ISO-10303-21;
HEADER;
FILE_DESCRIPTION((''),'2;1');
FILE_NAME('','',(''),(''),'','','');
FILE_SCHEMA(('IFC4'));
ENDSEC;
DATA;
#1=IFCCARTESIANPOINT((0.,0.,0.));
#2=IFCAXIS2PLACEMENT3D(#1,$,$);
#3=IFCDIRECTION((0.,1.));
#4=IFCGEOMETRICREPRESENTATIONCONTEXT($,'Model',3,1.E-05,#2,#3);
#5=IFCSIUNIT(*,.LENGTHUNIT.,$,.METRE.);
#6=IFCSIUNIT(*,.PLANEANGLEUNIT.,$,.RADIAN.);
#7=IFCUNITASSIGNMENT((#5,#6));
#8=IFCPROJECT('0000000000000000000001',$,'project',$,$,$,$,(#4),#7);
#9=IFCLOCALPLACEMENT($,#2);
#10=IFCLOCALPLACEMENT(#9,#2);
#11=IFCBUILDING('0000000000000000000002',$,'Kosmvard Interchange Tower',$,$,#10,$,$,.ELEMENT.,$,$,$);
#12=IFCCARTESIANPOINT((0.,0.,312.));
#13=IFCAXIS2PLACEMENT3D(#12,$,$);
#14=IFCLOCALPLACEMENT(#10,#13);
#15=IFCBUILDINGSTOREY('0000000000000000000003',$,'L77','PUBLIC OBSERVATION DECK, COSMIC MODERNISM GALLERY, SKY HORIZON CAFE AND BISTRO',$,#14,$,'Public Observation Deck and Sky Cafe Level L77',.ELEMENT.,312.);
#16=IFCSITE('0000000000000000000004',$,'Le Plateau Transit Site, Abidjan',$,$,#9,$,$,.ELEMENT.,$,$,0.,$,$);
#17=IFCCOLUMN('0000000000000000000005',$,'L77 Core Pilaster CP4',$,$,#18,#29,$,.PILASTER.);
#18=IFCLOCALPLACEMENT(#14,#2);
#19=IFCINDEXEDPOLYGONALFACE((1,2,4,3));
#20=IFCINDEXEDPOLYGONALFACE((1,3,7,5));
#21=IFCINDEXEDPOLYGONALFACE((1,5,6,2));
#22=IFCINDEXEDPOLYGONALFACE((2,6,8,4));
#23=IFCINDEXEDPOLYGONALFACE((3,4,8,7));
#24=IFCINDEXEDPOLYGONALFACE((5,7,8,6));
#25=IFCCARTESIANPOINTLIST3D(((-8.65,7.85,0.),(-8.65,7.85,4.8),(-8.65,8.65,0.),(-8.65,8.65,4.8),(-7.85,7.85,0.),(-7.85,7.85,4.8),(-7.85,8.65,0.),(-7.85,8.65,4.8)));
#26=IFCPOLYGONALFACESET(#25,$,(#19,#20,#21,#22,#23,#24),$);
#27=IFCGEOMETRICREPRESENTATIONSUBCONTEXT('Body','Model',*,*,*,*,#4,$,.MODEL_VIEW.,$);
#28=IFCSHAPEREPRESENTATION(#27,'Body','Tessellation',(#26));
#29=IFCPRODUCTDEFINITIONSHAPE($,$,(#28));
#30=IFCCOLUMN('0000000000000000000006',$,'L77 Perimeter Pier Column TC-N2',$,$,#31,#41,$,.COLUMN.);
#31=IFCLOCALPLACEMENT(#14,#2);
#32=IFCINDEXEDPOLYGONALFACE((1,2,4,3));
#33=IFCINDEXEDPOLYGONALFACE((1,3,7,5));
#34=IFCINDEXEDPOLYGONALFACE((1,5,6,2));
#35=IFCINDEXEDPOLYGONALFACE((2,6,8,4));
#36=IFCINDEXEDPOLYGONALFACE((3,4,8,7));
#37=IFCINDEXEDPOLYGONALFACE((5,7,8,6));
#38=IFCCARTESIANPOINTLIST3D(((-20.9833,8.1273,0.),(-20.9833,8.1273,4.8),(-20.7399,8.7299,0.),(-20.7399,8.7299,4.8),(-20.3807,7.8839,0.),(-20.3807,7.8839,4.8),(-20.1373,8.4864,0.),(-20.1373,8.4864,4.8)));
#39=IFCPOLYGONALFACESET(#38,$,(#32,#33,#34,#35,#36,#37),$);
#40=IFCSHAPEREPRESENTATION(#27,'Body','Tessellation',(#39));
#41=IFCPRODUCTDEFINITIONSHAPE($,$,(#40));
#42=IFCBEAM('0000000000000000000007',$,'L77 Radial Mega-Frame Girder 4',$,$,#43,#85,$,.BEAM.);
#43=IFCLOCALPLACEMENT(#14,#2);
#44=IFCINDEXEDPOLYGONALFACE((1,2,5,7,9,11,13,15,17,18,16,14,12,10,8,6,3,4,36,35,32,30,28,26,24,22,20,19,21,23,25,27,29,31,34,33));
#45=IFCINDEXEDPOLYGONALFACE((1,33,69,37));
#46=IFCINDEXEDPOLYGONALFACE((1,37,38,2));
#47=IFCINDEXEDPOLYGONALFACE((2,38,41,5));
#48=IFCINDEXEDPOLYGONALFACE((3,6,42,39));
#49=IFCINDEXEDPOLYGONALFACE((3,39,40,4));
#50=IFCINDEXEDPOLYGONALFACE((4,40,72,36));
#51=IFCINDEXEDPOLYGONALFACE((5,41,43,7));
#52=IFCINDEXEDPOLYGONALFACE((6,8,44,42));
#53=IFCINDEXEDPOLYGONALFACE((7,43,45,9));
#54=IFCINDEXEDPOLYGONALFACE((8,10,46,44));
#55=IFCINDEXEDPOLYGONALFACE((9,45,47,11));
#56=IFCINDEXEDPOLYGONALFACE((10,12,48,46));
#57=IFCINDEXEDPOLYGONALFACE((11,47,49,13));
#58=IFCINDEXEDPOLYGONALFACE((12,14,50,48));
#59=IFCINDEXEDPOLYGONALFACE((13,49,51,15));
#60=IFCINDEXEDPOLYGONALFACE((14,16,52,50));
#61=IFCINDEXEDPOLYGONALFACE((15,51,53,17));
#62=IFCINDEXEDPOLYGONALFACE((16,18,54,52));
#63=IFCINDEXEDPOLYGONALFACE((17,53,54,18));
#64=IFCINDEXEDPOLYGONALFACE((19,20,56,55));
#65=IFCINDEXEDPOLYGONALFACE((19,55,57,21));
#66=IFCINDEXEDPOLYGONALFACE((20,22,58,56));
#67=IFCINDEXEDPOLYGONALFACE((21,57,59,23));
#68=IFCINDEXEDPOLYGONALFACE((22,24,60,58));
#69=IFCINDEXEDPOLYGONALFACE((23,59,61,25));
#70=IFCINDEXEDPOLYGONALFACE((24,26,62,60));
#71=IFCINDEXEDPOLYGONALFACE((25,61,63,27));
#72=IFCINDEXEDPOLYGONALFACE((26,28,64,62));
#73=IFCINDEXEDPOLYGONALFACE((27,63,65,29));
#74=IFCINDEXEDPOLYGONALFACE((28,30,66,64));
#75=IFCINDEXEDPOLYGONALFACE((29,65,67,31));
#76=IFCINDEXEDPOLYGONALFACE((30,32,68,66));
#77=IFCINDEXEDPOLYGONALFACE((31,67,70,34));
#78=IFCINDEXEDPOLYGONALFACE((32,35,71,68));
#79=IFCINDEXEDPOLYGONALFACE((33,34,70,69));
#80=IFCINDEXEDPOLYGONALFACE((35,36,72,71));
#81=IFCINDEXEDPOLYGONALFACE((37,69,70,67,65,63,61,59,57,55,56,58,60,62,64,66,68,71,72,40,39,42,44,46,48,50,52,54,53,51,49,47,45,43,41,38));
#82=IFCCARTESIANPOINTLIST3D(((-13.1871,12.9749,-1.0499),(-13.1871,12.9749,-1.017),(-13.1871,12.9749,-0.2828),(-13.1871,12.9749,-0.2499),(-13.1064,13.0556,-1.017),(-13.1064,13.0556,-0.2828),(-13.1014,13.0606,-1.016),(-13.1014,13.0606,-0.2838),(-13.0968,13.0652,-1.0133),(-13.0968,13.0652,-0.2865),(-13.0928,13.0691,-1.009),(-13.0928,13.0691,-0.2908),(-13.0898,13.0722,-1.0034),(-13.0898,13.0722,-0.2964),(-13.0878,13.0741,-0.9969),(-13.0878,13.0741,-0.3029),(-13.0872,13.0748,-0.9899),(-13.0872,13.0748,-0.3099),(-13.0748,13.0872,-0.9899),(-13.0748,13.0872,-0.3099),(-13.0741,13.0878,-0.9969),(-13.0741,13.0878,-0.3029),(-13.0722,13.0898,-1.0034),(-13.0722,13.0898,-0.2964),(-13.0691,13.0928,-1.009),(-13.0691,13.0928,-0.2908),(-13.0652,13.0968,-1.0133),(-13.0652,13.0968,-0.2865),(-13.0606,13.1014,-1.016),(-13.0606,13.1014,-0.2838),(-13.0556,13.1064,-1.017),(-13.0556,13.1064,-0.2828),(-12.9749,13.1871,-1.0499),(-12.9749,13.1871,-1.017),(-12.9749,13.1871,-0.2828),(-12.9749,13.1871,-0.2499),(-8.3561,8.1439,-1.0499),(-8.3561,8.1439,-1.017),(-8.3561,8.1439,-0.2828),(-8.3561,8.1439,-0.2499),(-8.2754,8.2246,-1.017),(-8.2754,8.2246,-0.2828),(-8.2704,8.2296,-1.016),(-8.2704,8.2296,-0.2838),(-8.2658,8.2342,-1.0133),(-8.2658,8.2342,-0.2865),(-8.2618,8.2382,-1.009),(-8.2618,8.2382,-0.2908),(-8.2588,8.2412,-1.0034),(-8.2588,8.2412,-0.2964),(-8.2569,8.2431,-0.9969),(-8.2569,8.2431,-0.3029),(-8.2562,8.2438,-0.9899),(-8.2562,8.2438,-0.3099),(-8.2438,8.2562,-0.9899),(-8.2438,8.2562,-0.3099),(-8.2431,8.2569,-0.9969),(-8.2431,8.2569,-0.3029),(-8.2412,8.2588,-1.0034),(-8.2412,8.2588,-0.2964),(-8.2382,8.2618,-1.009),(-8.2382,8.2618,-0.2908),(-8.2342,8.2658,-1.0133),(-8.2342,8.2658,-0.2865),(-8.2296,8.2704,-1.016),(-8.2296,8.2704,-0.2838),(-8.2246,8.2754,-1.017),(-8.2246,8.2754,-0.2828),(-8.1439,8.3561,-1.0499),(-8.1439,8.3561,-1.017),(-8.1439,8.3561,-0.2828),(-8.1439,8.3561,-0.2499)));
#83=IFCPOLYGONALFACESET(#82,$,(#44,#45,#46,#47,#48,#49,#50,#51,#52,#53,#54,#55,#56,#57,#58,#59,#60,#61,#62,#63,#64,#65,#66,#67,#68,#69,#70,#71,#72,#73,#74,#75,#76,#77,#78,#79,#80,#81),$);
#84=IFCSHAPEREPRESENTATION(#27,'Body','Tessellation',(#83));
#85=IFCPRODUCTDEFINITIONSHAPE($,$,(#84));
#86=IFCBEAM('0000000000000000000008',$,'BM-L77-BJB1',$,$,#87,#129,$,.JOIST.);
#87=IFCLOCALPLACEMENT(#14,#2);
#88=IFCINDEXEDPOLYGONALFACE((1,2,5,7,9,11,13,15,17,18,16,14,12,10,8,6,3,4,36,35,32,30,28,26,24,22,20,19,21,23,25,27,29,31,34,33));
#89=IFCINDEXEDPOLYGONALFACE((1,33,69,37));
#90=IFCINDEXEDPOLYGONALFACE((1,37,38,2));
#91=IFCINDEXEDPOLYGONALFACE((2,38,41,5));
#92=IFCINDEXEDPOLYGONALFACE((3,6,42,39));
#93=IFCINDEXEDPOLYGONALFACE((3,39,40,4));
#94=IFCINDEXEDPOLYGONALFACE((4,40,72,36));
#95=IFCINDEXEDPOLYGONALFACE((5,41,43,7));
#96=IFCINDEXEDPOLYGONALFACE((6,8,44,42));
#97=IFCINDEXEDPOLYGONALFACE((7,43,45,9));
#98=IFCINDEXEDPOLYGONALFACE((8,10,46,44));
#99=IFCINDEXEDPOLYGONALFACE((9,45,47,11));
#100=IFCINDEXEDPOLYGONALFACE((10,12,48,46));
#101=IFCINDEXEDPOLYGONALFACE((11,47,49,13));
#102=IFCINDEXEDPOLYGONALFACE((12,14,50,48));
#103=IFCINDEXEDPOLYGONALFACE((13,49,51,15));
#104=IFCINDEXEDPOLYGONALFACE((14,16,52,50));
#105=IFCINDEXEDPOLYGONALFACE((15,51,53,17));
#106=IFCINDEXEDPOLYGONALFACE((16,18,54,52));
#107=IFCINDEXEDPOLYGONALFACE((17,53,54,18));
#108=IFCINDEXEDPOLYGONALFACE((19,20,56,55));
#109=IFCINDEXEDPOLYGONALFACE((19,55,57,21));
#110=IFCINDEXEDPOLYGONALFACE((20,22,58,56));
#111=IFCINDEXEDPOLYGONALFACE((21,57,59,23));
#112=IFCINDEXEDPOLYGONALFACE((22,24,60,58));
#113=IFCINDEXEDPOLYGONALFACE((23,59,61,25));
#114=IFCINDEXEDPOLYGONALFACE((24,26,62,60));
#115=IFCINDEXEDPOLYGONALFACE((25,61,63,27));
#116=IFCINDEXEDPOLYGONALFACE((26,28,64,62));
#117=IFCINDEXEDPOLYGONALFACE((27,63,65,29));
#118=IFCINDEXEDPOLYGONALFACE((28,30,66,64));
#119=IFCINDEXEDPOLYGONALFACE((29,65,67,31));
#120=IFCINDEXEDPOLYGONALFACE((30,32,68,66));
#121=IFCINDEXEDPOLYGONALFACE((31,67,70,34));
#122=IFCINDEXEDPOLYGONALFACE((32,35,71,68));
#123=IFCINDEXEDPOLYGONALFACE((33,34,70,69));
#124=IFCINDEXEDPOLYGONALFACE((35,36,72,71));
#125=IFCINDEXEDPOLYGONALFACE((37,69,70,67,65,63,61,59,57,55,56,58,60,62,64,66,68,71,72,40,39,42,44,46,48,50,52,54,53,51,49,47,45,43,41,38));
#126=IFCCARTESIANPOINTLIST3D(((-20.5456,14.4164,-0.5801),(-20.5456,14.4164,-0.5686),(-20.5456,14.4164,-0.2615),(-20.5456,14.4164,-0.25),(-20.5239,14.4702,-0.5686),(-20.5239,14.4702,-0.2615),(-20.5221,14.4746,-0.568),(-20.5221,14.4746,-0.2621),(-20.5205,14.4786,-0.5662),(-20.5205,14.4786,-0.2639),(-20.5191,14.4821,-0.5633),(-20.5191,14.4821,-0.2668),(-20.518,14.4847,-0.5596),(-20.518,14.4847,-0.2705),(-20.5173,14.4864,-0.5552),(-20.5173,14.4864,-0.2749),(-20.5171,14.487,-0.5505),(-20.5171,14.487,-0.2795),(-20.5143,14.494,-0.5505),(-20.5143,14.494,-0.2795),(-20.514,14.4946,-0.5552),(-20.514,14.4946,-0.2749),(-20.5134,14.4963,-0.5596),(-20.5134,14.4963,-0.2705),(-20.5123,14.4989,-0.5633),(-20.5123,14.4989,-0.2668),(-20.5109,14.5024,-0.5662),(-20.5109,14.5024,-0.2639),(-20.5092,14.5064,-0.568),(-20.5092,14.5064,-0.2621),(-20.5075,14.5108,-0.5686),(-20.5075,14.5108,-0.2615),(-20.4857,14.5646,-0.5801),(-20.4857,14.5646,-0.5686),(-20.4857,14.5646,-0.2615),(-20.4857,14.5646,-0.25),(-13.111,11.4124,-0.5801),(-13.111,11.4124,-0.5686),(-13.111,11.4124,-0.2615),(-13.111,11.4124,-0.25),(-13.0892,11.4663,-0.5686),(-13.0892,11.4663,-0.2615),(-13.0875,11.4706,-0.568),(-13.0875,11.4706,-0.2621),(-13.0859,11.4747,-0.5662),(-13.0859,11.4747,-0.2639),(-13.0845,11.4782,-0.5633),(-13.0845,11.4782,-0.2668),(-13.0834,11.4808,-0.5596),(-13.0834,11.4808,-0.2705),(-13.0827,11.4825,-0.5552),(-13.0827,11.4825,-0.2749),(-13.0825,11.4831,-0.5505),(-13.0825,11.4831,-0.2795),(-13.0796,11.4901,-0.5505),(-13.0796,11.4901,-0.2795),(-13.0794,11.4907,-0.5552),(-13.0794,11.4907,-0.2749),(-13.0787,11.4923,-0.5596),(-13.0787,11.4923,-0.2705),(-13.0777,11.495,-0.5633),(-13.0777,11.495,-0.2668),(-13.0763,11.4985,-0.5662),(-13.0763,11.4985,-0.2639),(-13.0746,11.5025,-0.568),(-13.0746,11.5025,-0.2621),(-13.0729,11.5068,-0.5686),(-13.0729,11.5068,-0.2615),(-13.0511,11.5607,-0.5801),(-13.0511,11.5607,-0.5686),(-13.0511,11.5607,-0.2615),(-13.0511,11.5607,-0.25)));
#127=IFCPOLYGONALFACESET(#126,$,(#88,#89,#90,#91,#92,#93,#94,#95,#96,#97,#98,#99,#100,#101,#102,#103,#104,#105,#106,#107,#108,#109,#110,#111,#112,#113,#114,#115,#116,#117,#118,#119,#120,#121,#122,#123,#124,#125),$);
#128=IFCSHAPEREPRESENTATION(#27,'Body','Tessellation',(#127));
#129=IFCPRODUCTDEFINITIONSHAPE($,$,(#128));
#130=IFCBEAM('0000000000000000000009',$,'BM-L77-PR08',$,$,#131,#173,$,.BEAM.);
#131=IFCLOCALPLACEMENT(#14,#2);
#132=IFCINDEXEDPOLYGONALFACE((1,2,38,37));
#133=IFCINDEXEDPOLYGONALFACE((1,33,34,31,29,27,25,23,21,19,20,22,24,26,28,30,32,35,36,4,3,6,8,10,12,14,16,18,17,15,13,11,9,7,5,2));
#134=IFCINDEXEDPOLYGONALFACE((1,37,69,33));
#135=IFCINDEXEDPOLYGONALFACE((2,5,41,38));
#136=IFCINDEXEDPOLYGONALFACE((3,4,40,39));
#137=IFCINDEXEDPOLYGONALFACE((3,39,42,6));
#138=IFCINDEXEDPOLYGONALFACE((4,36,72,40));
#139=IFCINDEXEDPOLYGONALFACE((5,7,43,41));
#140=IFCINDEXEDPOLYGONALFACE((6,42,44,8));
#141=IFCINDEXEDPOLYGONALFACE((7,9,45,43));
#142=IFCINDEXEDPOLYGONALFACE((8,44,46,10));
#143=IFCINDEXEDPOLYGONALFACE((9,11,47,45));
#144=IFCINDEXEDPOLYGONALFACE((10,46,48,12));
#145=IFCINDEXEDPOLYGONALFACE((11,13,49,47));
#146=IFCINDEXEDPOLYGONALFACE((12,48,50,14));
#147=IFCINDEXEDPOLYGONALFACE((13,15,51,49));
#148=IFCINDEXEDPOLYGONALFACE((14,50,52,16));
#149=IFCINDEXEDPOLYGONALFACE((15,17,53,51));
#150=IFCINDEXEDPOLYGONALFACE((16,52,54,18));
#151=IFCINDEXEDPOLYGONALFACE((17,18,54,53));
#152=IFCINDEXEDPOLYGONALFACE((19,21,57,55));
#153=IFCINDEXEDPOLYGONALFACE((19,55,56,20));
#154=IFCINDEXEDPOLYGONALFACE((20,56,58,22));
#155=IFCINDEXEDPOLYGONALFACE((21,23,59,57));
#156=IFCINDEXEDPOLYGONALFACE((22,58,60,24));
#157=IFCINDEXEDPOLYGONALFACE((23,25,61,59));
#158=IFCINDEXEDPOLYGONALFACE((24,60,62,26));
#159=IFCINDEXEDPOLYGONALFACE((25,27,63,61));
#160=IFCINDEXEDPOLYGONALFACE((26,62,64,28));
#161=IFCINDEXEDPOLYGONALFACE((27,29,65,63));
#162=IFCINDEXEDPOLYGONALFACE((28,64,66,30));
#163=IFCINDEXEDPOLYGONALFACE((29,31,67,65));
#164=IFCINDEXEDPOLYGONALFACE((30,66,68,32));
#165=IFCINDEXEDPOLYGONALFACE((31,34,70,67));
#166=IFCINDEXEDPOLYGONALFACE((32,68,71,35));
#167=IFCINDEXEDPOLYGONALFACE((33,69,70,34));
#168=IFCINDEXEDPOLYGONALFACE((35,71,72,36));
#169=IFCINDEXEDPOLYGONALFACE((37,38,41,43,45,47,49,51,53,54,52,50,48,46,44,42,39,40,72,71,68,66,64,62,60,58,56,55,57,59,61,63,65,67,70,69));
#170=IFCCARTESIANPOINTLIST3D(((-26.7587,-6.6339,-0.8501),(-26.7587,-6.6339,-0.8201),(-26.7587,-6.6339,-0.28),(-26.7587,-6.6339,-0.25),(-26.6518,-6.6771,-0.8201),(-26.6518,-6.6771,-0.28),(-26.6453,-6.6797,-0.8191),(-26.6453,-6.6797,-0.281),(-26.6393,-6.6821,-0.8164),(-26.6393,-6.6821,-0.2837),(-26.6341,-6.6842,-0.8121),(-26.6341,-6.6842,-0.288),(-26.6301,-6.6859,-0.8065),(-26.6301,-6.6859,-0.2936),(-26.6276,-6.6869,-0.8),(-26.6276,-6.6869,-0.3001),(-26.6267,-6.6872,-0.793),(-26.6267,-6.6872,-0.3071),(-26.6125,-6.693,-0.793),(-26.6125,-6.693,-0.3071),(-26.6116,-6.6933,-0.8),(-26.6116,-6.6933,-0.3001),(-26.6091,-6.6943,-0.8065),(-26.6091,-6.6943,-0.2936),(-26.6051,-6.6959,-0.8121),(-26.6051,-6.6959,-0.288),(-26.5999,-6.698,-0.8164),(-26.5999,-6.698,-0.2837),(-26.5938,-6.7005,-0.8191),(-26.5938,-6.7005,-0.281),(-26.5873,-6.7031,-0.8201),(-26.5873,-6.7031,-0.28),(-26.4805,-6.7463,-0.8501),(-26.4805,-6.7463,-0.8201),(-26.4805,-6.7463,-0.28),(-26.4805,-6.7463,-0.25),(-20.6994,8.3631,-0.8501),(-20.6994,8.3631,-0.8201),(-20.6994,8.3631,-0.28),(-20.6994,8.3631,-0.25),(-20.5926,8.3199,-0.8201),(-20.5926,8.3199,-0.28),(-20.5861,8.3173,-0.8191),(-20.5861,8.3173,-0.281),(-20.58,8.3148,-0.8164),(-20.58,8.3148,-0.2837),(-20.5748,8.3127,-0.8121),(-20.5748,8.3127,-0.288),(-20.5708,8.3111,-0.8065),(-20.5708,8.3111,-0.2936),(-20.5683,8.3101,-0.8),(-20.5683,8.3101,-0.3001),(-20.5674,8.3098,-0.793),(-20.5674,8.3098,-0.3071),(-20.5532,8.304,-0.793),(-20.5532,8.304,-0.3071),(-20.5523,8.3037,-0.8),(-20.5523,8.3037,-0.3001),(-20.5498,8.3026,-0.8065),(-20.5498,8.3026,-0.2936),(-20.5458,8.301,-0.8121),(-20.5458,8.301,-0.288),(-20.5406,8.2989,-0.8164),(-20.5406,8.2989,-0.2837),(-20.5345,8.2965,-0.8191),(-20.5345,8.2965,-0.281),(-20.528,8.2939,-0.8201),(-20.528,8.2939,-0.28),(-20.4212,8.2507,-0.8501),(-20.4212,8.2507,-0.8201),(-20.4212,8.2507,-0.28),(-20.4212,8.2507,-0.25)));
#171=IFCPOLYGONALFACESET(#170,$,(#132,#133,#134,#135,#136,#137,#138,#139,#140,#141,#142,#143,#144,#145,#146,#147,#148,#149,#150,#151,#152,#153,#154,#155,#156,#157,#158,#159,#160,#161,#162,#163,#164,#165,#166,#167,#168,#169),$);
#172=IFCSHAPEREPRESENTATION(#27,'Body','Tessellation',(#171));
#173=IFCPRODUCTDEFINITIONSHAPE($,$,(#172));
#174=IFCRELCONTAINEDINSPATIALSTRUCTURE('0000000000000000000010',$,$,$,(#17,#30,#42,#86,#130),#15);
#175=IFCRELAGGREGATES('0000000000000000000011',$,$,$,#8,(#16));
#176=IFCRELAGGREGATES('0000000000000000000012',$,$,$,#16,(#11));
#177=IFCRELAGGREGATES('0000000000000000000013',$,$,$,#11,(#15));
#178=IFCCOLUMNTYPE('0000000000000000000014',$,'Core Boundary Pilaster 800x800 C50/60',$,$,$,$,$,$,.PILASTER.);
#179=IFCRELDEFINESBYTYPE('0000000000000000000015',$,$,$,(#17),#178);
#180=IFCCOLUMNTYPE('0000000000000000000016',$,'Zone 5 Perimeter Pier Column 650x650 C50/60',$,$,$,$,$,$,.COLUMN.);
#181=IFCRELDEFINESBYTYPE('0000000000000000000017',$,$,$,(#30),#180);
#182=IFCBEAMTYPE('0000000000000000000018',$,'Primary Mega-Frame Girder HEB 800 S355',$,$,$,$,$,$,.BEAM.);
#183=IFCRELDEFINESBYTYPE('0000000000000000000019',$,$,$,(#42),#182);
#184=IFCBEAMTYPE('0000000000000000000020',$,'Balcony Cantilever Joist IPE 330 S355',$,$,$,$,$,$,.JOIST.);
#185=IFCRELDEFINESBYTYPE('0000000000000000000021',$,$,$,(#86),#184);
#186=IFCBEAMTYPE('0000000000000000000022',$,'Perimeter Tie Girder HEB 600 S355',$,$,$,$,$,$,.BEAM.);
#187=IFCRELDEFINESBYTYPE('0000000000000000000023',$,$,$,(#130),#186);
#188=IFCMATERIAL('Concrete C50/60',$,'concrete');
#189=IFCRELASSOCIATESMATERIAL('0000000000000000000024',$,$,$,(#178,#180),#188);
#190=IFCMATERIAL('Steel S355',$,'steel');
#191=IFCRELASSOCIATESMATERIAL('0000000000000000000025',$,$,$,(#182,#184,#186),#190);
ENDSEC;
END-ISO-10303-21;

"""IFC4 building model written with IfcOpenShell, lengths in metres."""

from ifc_helpers import new_model, si_unit, direction, frame, origin, origin_2d, place, context, subcontext, project, spatial, rectangle, i_section, extrude, source, transform, mapped, material, material_profile, profile_set, type_object, element, save


model = new_model("IFC4")

# Units and contexts
model_context = context("Model", 3, precision=1e-05, world=origin(), true_north=direction((0.0, 1.0)))
body_context = subcontext(model_context, "Body", "Model", "MODEL_VIEW")
ifc_project = project(units=[si_unit("LENGTHUNIT", "METRE"), si_unit("PLANEANGLEUNIT", "RADIAN")], contexts=[model_context])

# Site, building, storey
site_placement = place(None, origin())
site = spatial("IfcSite", under=ifc_project, at=site_placement, Name="Le Plateau Transit Site, Abidjan", CompositionType="ELEMENT", RefElevation=0.0)
building_placement = place(site_placement, origin())
building = spatial("IfcBuilding", under=site, at=building_placement, Name="Kosmvard Interchange Tower", CompositionType="ELEMENT")
storey_placement = place(building_placement, frame((0.0, 0.0, 312.0)))
storey = spatial("IfcBuildingStorey", under=building, at=storey_placement, Name="L77", Description="PUBLIC OBSERVATION DECK, COSMIC MODERNISM GALLERY, SKY HORIZON CAFE AND BISTRO", LongName="Public Observation Deck and Sky Cafe Level L77", CompositionType="ELEMENT", Elevation=312.0)

# Columns
ifc_material_1 = material(Name="Concrete C50/60", Category="concrete")
ifc_material_profile_1 = material_profile(ifc_material_1, rectangle(XDim=0.8, YDim=0.8, at=origin_2d()), Name="CP 800x800")
ifc_profile_set_1 = profile_set([ifc_material_profile_1], Name="Concrete C50/60")
column_type_1 = type_object("IfcColumnType", Name="Core Boundary Pilaster 800x800 C50/60", PredefinedType="PILASTER", material=ifc_profile_set_1)
shared_shape_1 = source(origin(), body_context, "Body", "SweptSolid", [
    extrude(rectangle(XDim=0.8, YDim=0.8, at=origin_2d()), origin(), (0.0, 0.0, 1.0), 4.8),
])
column_1_placement = place(storey_placement, frame((-8.25, 8.25, 0.0), z_axis=(0.0, 0.0, 1.0), x_axis=(1.0, 0.0, 0.0)))
element("IfcColumn", 1, at=column_1_placement, inside=storey, type_object=column_type_1, Name="L77 Core Pilaster CP4", PredefinedType="PILASTER", context=body_context, shape_type="MappedRepresentation", body=[
    mapped(shared_shape_1, transform((0.0, 0.0, 0.0), scale=1.0)),
])
ifc_material_profile_2 = material_profile(ifc_material_1, rectangle(XDim=0.6499, YDim=0.6499, at=origin_2d()), Name="TC 650x650")
ifc_profile_set_2 = profile_set([ifc_material_profile_2], Name="Concrete C50/60")
column_type_2 = type_object("IfcColumnType", Name="Zone 5 Perimeter Pier Column 650x650 C50/60", PredefinedType="COLUMN", material=ifc_profile_set_2)
shared_shape_2 = source(origin(), body_context, "Body", "SweptSolid", [
    extrude(rectangle(XDim=0.6499, YDim=0.6499, at=origin_2d()), origin(), (0.0, 0.0, 1.0), 4.8),
])
column_2_placement = place(storey_placement, frame((-20.5603, 8.3069, 0.0), z_axis=(0.0, 0.0, 1.0), x_axis=(0.374607, 0.927184, 0.0)))
element("IfcColumn", 2, at=column_2_placement, inside=storey, type_object=column_type_2, Name="L77 Perimeter Pier Column TC-N2", PredefinedType="COLUMN", context=body_context, shape_type="MappedRepresentation", body=[
    mapped(shared_shape_2, transform((0.0, 0.0, 0.0), scale=1.0)),
])

# Beams
ifc_material_2 = material(Name="Steel S355", Category="steel")
ifc_material_profile_3 = material_profile(ifc_material_2, i_section(OverallWidth=0.3, OverallDepth=0.8, WebThickness=0.0176, FlangeThickness=0.033, FilletRadius=0.0271, at=origin_2d()), Name="HEB 800")
ifc_profile_set_3 = profile_set([ifc_material_profile_3], Name="Steel S355")
beam_type_1 = type_object("IfcBeamType", Name="Primary Mega-Frame Girder HEB 800 S355", PredefinedType="BEAM", material=ifc_profile_set_3)
shared_shape_3 = source(origin(), body_context, "Body", "SweptSolid", [
    extrude(i_section(OverallWidth=0.3, OverallDepth=0.8, WebThickness=0.0176, FlangeThickness=0.033, FilletRadius=0.0271, at=origin_2d()), origin(), (0.0, 0.0, 1.0), 6.832),
])
beam_1_placement = place(storey_placement, frame((-8.25, 8.25, -0.6499), z_axis=(-0.707107, 0.707107, 0.0), x_axis=(-0.707107, -0.707107, 0.0)))
element("IfcBeam", 3, at=beam_1_placement, inside=storey, type_object=beam_type_1, Name="L77 Radial Mega-Frame Girder 4", PredefinedType="BEAM", context=body_context, shape_type="MappedRepresentation", body=[
    mapped(shared_shape_3, transform((0.0, 0.0, 0.0), scale=1.0)),
])
ifc_material_profile_4 = material_profile(ifc_material_2, i_section(OverallWidth=0.1599, OverallDepth=0.3301, WebThickness=0.0076, FlangeThickness=0.0115, FilletRadius=0.0181, at=origin_2d()), Name="IPE 330")
ifc_profile_set_4 = profile_set([ifc_material_profile_4], Name="Steel S355")
beam_type_2 = type_object("IfcBeamType", Name="Balcony Cantilever Joist IPE 330 S355", PredefinedType="JOIST", material=ifc_profile_set_4)
shared_shape_4 = source(origin(), body_context, "Body", "SweptSolid", [
    extrude(i_section(OverallWidth=0.1599, OverallDepth=0.3301, WebThickness=0.0076, FlangeThickness=0.0115, FilletRadius=0.0181, at=origin_2d()), origin(), (0.0, 0.0, 1.0), 8.0186),
])
beam_2_placement = place(storey_placement, frame((-13.0811, 11.4866, -0.415), z_axis=(-0.927178, 0.374622, 0.0), x_axis=(-0.374622, -0.927178, 0.0)))
element("IfcBeam", 4, at=beam_2_placement, inside=storey, type_object=beam_type_2, Name="BM-L77-BJB1", PredefinedType="JOIST", context=body_context, shape_type="MappedRepresentation", body=[
    mapped(shared_shape_4, transform((0.0, 0.0, 0.0), scale=1.0)),
])
ifc_material_profile_5 = material_profile(ifc_material_2, i_section(OverallWidth=0.3, OverallDepth=0.6001, WebThickness=0.0154, FlangeThickness=0.03, FilletRadius=0.0271, at=origin_2d()), Name="HEB 600")
ifc_profile_set_5 = profile_set([ifc_material_profile_5], Name="Steel S355")
beam_type_3 = type_object("IfcBeamType", Name="Perimeter Tie Girder HEB 600 S355", PredefinedType="BEAM", material=ifc_profile_set_5)
shared_shape_5 = source(origin(), body_context, "Body", "SweptSolid", [
    extrude(i_section(OverallWidth=0.3, OverallDepth=0.6001, WebThickness=0.0154, FlangeThickness=0.03, FilletRadius=0.0271, at=origin_2d()), origin(), (0.0, 0.0, 1.0), 16.1748),
])
beam_3_placement = place(storey_placement, frame((-20.5603, 8.3069, -0.55), z_axis=(-0.374613, -0.927181, 0.0), x_axis=(0.927181, -0.374613, 0.0)))
element("IfcBeam", 5, at=beam_3_placement, inside=storey, type_object=beam_type_3, Name="BM-L77-PR08", PredefinedType="BEAM", context=body_context, shape_type="MappedRepresentation", body=[
    mapped(shared_shape_5, transform((0.0, 0.0, 0.0), scale=1.0)),
])

save(model, "model.ifc")
